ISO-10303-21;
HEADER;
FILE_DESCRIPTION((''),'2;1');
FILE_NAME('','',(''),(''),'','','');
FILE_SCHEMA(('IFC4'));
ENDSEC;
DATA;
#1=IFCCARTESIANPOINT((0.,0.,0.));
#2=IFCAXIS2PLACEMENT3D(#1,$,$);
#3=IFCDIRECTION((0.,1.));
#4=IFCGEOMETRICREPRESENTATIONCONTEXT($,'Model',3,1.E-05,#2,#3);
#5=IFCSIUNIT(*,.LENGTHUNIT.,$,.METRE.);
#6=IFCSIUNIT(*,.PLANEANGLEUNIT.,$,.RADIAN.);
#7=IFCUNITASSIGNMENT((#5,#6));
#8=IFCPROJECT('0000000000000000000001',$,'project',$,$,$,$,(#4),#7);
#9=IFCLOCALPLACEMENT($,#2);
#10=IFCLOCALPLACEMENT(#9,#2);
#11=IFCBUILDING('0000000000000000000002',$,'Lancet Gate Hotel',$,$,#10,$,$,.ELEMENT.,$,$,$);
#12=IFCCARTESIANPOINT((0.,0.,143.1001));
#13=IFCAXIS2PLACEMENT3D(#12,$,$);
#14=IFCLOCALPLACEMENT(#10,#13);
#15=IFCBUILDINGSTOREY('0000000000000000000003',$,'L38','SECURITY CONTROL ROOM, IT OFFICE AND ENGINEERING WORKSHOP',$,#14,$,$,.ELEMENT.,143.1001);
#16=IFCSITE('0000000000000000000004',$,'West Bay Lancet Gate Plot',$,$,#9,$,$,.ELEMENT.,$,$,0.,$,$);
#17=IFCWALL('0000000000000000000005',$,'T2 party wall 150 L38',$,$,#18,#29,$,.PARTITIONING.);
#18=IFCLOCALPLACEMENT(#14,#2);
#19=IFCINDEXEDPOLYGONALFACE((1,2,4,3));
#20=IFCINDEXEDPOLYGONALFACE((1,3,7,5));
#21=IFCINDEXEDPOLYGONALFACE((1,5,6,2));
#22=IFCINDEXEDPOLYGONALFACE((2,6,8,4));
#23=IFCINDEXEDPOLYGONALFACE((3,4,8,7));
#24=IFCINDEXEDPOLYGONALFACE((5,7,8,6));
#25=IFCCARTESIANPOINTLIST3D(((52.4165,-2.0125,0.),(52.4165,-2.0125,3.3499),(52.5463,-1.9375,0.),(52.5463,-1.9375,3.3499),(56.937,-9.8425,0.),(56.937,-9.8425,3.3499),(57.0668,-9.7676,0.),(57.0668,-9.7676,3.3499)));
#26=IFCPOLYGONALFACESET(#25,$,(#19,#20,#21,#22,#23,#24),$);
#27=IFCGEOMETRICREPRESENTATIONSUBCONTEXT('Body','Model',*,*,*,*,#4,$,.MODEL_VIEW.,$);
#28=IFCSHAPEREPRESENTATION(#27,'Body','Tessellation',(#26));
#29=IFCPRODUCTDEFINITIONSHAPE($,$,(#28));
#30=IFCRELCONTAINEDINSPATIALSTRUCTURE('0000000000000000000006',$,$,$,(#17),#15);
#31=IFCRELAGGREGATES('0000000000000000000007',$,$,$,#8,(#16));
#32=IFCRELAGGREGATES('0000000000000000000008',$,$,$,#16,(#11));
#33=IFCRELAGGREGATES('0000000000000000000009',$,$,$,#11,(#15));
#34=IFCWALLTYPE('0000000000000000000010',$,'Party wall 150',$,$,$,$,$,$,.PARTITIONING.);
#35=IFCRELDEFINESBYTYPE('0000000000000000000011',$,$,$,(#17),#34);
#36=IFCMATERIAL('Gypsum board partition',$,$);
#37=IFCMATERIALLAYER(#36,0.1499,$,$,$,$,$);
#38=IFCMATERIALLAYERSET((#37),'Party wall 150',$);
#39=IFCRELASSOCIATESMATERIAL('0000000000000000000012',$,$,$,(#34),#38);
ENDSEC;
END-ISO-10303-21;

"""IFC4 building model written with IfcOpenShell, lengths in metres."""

from ifc_helpers import new_model, si_unit, direction, frame, frame_2d, origin, place, context, subcontext, project, spatial, rectangle, extrude, material, layer, layer_set, type_object, element, save


model = new_model("IFC4")

# Units and contexts
model_context = context("Model", 3, precision=1e-05, world=origin(), true_north=direction((0.0, 1.0)))
body_context = subcontext(model_context, "Body", "Model", "MODEL_VIEW")
ifc_project = project(units=[si_unit("LENGTHUNIT", "METRE"), si_unit("PLANEANGLEUNIT", "RADIAN")], contexts=[model_context])

# Site, building, storey
site_placement = place(None, origin())
site = spatial("IfcSite", under=ifc_project, at=site_placement, Name="West Bay Lancet Gate Plot", CompositionType="ELEMENT", RefElevation=0.0)
building_placement = place(site_placement, origin())
building = spatial("IfcBuilding", under=site, at=building_placement, Name="Lancet Gate Hotel", CompositionType="ELEMENT")
storey_placement = place(building_placement, frame((0.0, 0.0, 143.1001)))
storey = spatial("IfcBuildingStorey", under=building, at=storey_placement, Name="L38", Description="SECURITY CONTROL ROOM, IT OFFICE AND ENGINEERING WORKSHOP", CompositionType="ELEMENT", Elevation=143.1001)

# Wall
ifc_material_1 = material(Name="Gypsum board partition")
ifc_layer_1 = layer(ifc_material_1, 0.1499)
ifc_layer_set_1 = layer_set([ifc_layer_1], Name="Party wall 150")
wall_type_1 = type_object("IfcWallType", Name="Party wall 150", PredefinedType="PARTITIONING", material=ifc_layer_set_1)
wall_1_placement = place(storey_placement, frame((52.4814, -1.9751, 0.0), z_axis=(0.0, 0.0, 1.0), x_axis=(0.499984, -0.866034, 0.0)))
element("IfcWall", 1, at=wall_1_placement, inside=storey, type_object=wall_type_1, Name="T2 party wall 150 L38", PredefinedType="PARTITIONING", context=body_context, shape_type="SweptSolid", body=[
    extrude(rectangle(XDim=9.0413, YDim=0.1499, at=frame_2d((4.5205, 0.0))), origin(), (0.0, 0.0, 1.0), 3.3499),
])

save(model, "model.ifc")
